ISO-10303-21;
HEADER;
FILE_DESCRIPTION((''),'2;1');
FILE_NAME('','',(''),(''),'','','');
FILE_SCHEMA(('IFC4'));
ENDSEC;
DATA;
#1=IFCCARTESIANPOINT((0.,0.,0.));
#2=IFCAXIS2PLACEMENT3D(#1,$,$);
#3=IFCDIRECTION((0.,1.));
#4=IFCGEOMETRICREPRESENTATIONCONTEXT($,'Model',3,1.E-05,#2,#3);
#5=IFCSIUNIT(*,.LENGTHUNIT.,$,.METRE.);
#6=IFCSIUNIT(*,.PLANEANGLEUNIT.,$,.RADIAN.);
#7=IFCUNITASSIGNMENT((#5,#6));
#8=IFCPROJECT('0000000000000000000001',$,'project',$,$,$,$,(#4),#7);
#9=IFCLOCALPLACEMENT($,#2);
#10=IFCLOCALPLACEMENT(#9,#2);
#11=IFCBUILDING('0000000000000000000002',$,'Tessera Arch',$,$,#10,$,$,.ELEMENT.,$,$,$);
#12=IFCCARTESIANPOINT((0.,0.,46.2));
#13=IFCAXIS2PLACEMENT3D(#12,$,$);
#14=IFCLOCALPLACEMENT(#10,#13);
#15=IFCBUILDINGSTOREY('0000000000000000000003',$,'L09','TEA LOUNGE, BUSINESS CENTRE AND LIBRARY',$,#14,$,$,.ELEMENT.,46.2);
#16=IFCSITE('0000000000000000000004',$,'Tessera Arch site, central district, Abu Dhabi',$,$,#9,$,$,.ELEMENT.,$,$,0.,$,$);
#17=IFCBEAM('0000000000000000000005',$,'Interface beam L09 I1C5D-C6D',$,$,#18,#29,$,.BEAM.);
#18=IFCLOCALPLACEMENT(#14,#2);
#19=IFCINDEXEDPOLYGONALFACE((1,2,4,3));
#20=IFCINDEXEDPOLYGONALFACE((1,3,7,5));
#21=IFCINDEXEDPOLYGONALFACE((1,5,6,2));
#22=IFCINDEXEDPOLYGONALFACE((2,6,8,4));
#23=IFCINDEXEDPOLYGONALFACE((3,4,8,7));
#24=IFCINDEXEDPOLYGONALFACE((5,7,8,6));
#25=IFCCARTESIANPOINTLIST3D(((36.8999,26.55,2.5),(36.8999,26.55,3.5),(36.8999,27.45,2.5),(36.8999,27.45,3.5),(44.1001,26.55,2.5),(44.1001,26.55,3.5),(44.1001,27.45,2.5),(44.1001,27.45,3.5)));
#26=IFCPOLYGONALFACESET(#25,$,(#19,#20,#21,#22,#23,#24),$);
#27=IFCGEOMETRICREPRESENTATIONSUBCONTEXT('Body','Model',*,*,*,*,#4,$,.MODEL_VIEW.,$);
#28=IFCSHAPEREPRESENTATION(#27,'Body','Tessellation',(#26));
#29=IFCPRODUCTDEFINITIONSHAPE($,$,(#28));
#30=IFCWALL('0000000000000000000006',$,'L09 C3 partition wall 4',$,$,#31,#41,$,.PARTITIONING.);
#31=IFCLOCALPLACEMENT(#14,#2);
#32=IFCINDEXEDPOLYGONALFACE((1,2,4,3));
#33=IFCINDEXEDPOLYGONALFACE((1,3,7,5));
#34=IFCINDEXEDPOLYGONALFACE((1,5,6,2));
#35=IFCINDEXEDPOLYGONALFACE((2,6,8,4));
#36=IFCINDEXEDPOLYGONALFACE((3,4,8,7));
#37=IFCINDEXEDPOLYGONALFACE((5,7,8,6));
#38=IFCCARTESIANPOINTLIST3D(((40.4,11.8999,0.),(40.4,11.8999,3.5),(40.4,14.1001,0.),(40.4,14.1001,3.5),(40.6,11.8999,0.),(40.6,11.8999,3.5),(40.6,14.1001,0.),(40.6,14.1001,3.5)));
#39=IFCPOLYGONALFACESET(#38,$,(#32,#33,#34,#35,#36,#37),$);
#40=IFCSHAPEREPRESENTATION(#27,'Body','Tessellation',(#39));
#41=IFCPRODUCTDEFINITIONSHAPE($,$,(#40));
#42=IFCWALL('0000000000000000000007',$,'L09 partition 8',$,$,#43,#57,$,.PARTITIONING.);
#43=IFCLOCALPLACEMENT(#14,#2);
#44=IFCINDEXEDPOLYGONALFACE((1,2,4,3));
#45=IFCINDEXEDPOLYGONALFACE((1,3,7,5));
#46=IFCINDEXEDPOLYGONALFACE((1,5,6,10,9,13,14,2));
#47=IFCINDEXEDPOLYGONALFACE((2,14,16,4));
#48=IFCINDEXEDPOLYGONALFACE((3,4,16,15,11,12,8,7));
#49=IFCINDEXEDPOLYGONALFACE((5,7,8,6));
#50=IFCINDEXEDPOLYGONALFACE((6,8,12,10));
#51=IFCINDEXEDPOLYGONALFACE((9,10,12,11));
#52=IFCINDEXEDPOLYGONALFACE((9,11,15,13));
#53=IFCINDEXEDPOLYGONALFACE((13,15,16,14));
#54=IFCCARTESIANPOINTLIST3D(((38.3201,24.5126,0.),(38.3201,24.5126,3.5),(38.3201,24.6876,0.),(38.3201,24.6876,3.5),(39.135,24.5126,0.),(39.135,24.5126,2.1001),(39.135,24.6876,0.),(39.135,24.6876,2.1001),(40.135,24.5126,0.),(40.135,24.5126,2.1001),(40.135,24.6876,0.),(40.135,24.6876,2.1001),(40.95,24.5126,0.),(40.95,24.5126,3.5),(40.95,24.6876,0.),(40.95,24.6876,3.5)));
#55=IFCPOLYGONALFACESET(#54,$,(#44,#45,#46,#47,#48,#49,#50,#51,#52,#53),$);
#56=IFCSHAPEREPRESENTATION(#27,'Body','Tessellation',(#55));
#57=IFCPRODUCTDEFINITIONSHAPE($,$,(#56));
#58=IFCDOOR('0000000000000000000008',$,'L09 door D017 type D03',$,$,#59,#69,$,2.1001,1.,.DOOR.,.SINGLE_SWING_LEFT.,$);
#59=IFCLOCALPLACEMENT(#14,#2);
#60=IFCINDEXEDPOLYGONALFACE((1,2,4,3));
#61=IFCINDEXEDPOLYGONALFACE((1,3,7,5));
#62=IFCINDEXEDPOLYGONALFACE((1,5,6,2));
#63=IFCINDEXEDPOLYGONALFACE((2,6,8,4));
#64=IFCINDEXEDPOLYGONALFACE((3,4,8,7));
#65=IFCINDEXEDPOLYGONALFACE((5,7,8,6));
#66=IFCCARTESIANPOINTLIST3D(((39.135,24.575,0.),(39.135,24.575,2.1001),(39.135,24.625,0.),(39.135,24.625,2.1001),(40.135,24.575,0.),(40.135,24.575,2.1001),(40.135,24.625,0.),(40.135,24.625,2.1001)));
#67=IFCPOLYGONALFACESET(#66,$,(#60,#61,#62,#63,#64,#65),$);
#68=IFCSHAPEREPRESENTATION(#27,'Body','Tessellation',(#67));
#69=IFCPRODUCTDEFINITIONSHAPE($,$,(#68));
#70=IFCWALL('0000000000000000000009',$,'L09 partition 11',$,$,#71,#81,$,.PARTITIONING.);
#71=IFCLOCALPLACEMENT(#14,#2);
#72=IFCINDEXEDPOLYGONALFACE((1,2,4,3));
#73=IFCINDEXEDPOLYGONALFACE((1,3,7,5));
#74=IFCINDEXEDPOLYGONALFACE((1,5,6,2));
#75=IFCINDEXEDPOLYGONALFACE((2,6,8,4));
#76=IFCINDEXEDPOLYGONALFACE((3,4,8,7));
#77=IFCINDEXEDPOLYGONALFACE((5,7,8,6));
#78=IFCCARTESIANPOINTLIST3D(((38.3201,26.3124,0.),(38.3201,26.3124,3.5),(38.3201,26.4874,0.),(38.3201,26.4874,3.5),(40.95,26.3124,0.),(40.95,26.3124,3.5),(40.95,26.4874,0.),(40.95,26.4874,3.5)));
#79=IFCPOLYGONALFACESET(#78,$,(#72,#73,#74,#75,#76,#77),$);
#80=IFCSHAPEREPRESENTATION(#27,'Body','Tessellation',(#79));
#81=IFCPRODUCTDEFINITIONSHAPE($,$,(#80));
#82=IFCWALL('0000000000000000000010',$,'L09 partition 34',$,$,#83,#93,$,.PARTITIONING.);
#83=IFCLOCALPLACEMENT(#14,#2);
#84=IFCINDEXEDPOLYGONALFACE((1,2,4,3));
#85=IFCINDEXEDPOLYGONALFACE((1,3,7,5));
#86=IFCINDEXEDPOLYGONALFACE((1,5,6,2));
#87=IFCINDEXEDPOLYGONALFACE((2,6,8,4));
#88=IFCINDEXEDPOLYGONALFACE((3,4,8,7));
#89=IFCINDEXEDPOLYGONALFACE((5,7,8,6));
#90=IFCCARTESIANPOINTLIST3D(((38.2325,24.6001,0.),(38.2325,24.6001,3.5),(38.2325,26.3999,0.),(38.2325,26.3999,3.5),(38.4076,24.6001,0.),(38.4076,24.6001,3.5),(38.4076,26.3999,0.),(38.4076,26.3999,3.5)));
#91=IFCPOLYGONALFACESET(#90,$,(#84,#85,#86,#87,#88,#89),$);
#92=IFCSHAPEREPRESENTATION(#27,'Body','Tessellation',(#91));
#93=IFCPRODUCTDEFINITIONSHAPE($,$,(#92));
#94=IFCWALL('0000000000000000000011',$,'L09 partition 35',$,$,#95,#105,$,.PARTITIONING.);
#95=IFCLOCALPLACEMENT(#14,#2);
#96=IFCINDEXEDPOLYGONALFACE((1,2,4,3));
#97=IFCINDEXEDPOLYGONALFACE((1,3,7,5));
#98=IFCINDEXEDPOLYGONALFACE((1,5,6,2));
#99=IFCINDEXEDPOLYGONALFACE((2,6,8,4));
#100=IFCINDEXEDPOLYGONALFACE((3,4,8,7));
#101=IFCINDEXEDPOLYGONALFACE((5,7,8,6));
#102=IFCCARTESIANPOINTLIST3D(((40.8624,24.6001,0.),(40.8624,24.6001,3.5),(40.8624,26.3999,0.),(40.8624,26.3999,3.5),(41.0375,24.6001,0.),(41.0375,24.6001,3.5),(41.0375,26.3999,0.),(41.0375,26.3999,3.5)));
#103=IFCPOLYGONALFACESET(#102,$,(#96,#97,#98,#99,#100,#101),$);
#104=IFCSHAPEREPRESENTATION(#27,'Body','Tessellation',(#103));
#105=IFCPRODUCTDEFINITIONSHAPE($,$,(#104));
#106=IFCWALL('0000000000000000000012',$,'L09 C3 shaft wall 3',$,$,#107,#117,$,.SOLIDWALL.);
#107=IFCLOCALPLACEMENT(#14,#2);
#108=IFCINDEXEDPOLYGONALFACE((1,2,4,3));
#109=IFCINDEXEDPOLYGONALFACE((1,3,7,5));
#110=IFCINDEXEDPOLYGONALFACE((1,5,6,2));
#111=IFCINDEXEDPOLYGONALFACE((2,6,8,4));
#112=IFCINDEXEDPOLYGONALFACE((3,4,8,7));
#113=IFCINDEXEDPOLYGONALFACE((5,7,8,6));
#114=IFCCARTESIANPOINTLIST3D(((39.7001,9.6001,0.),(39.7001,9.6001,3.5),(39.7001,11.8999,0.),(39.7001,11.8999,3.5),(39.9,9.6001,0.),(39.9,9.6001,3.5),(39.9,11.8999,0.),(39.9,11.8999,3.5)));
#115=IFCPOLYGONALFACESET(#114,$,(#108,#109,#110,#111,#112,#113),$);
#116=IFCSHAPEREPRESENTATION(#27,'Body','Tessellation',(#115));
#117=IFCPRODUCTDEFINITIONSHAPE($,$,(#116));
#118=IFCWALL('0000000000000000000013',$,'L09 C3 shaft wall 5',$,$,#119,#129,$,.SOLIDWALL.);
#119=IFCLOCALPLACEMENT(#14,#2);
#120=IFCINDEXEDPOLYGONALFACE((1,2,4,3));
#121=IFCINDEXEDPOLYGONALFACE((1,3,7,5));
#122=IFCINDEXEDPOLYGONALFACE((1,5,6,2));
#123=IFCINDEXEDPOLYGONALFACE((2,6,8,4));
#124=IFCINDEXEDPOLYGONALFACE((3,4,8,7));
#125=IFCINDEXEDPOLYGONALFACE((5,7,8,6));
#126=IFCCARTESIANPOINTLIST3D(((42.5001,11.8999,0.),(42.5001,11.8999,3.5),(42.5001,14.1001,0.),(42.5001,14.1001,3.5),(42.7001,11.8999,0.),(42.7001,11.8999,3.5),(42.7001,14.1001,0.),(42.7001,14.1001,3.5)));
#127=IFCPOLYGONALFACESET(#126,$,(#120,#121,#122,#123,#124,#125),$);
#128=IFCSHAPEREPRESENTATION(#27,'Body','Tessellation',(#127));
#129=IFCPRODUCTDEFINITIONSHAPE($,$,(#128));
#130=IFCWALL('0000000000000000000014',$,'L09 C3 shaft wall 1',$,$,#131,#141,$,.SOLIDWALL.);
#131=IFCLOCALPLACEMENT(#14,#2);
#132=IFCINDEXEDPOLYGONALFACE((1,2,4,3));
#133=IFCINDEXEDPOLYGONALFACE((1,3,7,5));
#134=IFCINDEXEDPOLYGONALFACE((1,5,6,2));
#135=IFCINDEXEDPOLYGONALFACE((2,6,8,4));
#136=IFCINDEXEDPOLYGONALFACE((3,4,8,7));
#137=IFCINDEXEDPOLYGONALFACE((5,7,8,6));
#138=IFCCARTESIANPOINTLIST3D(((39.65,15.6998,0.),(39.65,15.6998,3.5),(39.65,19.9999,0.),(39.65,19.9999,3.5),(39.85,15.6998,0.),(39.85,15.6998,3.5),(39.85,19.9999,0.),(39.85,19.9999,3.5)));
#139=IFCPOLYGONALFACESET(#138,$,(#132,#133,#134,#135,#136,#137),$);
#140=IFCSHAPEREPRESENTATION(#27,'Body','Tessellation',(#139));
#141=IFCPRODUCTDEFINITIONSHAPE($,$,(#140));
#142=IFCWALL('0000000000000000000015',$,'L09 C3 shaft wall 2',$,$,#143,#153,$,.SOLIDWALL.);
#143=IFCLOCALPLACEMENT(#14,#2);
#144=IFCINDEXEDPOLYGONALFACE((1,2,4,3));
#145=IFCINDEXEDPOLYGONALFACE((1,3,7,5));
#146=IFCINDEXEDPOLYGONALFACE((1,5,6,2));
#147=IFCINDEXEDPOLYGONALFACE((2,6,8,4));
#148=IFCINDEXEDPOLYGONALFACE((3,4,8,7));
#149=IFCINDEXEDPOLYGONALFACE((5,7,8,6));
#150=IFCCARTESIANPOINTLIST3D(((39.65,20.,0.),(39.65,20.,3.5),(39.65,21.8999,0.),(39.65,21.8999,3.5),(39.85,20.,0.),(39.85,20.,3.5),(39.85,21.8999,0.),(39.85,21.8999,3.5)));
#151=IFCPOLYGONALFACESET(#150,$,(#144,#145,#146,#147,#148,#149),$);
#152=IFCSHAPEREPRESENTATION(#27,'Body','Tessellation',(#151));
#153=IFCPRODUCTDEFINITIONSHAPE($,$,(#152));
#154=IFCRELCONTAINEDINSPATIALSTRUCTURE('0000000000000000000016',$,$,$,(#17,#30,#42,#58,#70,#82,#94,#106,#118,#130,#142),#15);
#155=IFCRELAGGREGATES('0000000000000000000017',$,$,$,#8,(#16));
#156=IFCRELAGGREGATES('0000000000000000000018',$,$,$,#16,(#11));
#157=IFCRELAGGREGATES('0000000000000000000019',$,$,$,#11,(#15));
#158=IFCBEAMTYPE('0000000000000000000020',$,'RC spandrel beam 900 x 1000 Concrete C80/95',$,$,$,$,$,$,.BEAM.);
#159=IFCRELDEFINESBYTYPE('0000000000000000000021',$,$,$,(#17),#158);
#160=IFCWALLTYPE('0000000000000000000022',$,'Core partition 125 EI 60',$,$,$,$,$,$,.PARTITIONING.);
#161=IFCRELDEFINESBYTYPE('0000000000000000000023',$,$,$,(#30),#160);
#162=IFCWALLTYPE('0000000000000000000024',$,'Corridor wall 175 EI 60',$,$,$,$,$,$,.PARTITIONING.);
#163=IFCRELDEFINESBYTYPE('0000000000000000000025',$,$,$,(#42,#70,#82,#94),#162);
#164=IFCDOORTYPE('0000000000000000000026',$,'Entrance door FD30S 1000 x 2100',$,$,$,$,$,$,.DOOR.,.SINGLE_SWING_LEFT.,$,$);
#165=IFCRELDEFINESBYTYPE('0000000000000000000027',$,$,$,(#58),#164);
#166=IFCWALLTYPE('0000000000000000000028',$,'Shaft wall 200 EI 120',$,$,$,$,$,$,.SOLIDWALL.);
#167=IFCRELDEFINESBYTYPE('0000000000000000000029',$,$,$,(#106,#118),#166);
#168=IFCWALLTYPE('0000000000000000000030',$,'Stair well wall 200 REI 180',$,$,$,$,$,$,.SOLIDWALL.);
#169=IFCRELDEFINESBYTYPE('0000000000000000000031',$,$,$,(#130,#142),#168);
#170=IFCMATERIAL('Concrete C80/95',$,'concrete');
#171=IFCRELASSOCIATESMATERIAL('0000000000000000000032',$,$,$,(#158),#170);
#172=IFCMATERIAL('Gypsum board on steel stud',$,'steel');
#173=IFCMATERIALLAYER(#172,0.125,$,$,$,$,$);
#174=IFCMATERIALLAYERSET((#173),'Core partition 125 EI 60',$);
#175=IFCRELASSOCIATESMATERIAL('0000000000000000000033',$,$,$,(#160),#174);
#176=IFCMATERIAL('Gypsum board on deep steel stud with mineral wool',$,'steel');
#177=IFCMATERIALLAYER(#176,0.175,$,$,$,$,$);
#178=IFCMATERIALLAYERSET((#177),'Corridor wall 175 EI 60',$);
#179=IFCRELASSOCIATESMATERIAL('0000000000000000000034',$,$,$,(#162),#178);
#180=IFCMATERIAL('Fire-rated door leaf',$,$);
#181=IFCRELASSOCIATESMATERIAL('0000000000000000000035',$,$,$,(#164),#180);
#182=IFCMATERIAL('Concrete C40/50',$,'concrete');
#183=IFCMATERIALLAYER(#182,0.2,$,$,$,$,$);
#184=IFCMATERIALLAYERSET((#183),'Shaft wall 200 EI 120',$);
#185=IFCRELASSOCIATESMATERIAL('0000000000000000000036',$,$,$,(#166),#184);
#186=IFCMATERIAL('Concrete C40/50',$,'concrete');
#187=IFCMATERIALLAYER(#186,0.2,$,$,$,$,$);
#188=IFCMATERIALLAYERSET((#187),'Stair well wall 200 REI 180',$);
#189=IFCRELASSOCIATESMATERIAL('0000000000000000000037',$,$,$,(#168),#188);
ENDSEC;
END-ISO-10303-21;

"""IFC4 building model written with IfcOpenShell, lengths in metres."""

from ifc_helpers import new_model, si_unit, direction, frame, frame_2d, origin, origin_2d, place, context, subcontext, project, spatial, rectangle, extrude, material, layer, layer_set, material_profile, profile_set, type_object, element, fill, save


model = new_model("IFC4")

# Units and contexts
model_context = context("Model", 3, precision=1e-05, world=origin(), true_north=direction((0.0, 1.0)))
body_context = subcontext(model_context, "Body", "Model", "MODEL_VIEW")
ifc_project = project(units=[si_unit("LENGTHUNIT", "METRE"), si_unit("PLANEANGLEUNIT", "RADIAN")], contexts=[model_context])

# Site, building, storey
site_placement = place(None, origin())
site = spatial("IfcSite", under=ifc_project, at=site_placement, Name="Tessera Arch site, central district, Abu Dhabi", CompositionType="ELEMENT", RefElevation=0.0)
building_placement = place(site_placement, origin())
building = spatial("IfcBuilding", under=site, at=building_placement, Name="Tessera Arch", CompositionType="ELEMENT")
storey_placement = place(building_placement, frame((0.0, 0.0, 46.2)))
storey = spatial("IfcBuildingStorey", under=building, at=storey_placement, Name="L09", Description="TEA LOUNGE, BUSINESS CENTRE AND LIBRARY", CompositionType="ELEMENT", Elevation=46.2)

# Beam
ifc_material_1 = material(Name="Concrete C80/95", Category="concrete")
ifc_material_profile = material_profile(ifc_material_1, rectangle(XDim=0.8999, YDim=1.0, at=origin_2d()), Name="RC spandrel beam 900 x 1000 Concrete C80/95")
ifc_profile_set = profile_set([ifc_material_profile], Name="Concrete C80/95")
beam_type = type_object("IfcBeamType", Name="RC spandrel beam 900 x 1000 Concrete C80/95", PredefinedType="BEAM", material=ifc_profile_set)
beam_placement = place(storey_placement, frame((36.8999, 27.0, 3.0), z_axis=(1.0, 0.0, 0.0), x_axis=(0.0, 1.0, 0.0)))
element("IfcBeam", 1, at=beam_placement, inside=storey, type_object=beam_type, Name="Interface beam L09 I1C5D-C6D", PredefinedType="BEAM", context=body_context, shape_type="SweptSolid", body=[
    extrude(rectangle(XDim=0.8999, YDim=1.0, at=origin_2d()), origin(), (0.0, 0.0, 1.0), 7.2002),
])

# Wall
ifc_material_2 = material(Name="Gypsum board on steel stud", Category="steel")
ifc_layer_1 = layer(ifc_material_2, 0.125)
ifc_layer_set_1 = layer_set([ifc_layer_1], Name="Core partition 125 EI 60")
wall_type_1 = type_object("IfcWallType", Name="Core partition 125 EI 60", PredefinedType="PARTITIONING", material=ifc_layer_set_1)
wall_1_placement = place(storey_placement, frame((40.5, 11.8999, 0.0), z_axis=(0.0, 0.0, 1.0), x_axis=(0.0, 1.0, 0.0)))
element("IfcWall", 2, at=wall_1_placement, inside=storey, type_object=wall_type_1, Name="L09 C3 partition wall 4", PredefinedType="PARTITIONING", context=body_context, shape_type="SweptSolid", body=[
    extrude(rectangle(XDim=2.2002, YDim=0.2, at=frame_2d((1.1001, 0.0))), origin(), (0.0, 0.0, 1.0), 3.5),
])

# Wall, opening, door
ifc_material_3 = material(Name="Gypsum board on deep steel stud with mineral wool", Category="steel")
ifc_layer_2 = layer(ifc_material_3, 0.175)
ifc_layer_set_2 = layer_set([ifc_layer_2], Name="Corridor wall 175 EI 60")
wall_type_2 = type_object("IfcWallType", Name="Corridor wall 175 EI 60", PredefinedType="PARTITIONING", material=ifc_layer_set_2)
wall_2_placement = place(storey_placement, frame((38.3201, 24.6001, 0.0), z_axis=(0.0, 0.0, 1.0), x_axis=(1.0, 0.0, 0.0)))
wall_2 = element("IfcWall", 3, at=wall_2_placement, inside=storey, type_object=wall_type_2, Name="L09 partition 8", PredefinedType="PARTITIONING", context=body_context, shape_type="SweptSolid", body=[
    extrude(rectangle(XDim=2.6299, YDim=0.175, at=frame_2d((1.3149, 0.0))), origin(), (0.0, 0.0, 1.0), 3.5),
])
opening_1_placement = place(wall_2_placement, frame((0.8149, 0.0, 0.0)))
opening_1 = element("IfcOpeningElement", 4, at=opening_1_placement, cuts=wall_2, PredefinedType="OPENING", context=body_context, shape_type="SweptSolid", body=[
    extrude(rectangle(XDim=1.0, YDim=2.1001, at=frame_2d((0.5, 1.05))), frame((0.0, 0.0974, 0.0), z_axis=(0.0, -1.0, 0.0), x_axis=(1.0, 0.0, 0.0)), (0.0, 0.0, 1.0), 0.1951),
])
ifc_material_4 = material(Name="Fire-rated door leaf")
door_type_1 = type_object("IfcDoorType", Name="Entrance door FD30S 1000 x 2100", OperationType="SINGLE_SWING_LEFT", PredefinedType="DOOR", material=ifc_material_4)
door_1_placement = place(opening_1_placement, origin())
door_1 = element("IfcDoor", 5, at=door_1_placement, inside=storey, type_object=door_type_1, Name="L09 door D017 type D03", OperationType="SINGLE_SWING_LEFT", OverallHeight=2.1001, OverallWidth=1.0, PredefinedType="DOOR", context=body_context, shape_type="SweptSolid", body=[
    extrude(rectangle(XDim=1.0, YDim=2.1001, at=frame_2d((0.5, 1.05))), frame((0.0, 0.0249, 0.0), z_axis=(0.0, -1.0, 0.0), x_axis=(1.0, 0.0, 0.0)), (0.0, 0.0, 1.0), 0.05),
])
fill(opening_1, door_1)

# Walls
wall_3_placement = place(storey_placement, frame((38.3201, 26.3999, 0.0), z_axis=(0.0, 0.0, 1.0), x_axis=(1.0, 0.0, 0.0)))
element("IfcWall", 6, at=wall_3_placement, inside=storey, type_object=wall_type_2, Name="L09 partition 11", PredefinedType="PARTITIONING", context=body_context, shape_type="SweptSolid", body=[
    extrude(rectangle(XDim=2.6299, YDim=0.175, at=frame_2d((1.3149, 0.0))), origin(), (0.0, 0.0, 1.0), 3.5),
])
for number, where, z_axis, x_axis, name in (
    (7, (38.3201, 24.6001, 0.0), (0.0, 0.0, 1.0), (0.0, 1.0, 0.0), "L09 partition 34"),
    (8, (40.95, 24.6001, 0.0), (0.0, 0.0, 1.0), (0.0, 1.0, 0.0), "L09 partition 35"),
):
    element("IfcWall", number, at=place(storey_placement, frame(where, z_axis=z_axis, x_axis=x_axis)), inside=storey, type_object=wall_type_2, Name=name, PredefinedType="PARTITIONING", context=body_context, shape_type="SweptSolid", body=[
        extrude(rectangle(XDim=1.7998, YDim=0.175, at=frame_2d((0.8999, 0.0))), origin(), (0.0, 0.0, 1.0), 3.5),
    ])
ifc_material_5 = material(Name="Concrete C40/50", Category="concrete")
ifc_layer_3 = layer(ifc_material_5, 0.2)
ifc_layer_set_3 = layer_set([ifc_layer_3], Name="Shaft wall 200 EI 120")
wall_type_3 = type_object("IfcWallType", Name="Shaft wall 200 EI 120", PredefinedType="SOLIDWALL", material=ifc_layer_set_3)
wall_4_placement = place(storey_placement, frame((39.8, 9.6001, 0.0), z_axis=(0.0, 0.0, 1.0), x_axis=(0.0, 1.0, 0.0)))
element("IfcWall", 9, at=wall_4_placement, inside=storey, type_object=wall_type_3, Name="L09 C3 shaft wall 3", PredefinedType="SOLIDWALL", context=body_context, shape_type="SweptSolid", body=[
    extrude(rectangle(XDim=2.2998, YDim=0.2, at=frame_2d((1.1499, 0.0))), origin(), (0.0, 0.0, 1.0), 3.5),
])
wall_5_placement = place(storey_placement, frame((42.6001, 11.8999, 0.0), z_axis=(0.0, 0.0, 1.0), x_axis=(0.0, 1.0, 0.0)))
element("IfcWall", 10, at=wall_5_placement, inside=storey, type_object=wall_type_3, Name="L09 C3 shaft wall 5", PredefinedType="SOLIDWALL", context=body_context, shape_type="SweptSolid", body=[
    extrude(rectangle(XDim=2.2002, YDim=0.2, at=frame_2d((1.1001, 0.0))), origin(), (0.0, 0.0, 1.0), 3.5),
])
ifc_material_6 = material(Name="Concrete C40/50", Category="concrete")
ifc_layer_4 = layer(ifc_material_6, 0.2)
ifc_layer_set_4 = layer_set([ifc_layer_4], Name="Stair well wall 200 REI 180")
wall_type_4 = type_object("IfcWallType", Name="Stair well wall 200 REI 180", PredefinedType="SOLIDWALL", material=ifc_layer_set_4)
wall_6_placement = place(storey_placement, frame((39.75, 15.7, 0.0), z_axis=(0.0, 0.0, 1.0), x_axis=(0.0, 1.0, 0.0)))
element("IfcWall", 11, at=wall_6_placement, inside=storey, type_object=wall_type_4, Name="L09 C3 shaft wall 1", PredefinedType="SOLIDWALL", context=body_context, shape_type="SweptSolid", body=[
    extrude(rectangle(XDim=4.3, YDim=0.2, at=frame_2d((2.1499, 0.0))), origin(), (0.0, 0.0, 1.0), 3.5),
])
wall_7_placement = place(storey_placement, frame((39.75, 20.0, 0.0), z_axis=(0.0, 0.0, 1.0), x_axis=(0.0, 1.0, 0.0)))
element("IfcWall", 12, at=wall_7_placement, inside=storey, type_object=wall_type_4, Name="L09 C3 shaft wall 2", PredefinedType="SOLIDWALL", context=body_context, shape_type="SweptSolid", body=[
    extrude(rectangle(XDim=1.8999, YDim=0.2, at=frame_2d((0.95, 0.0))), origin(), (0.0, 0.0, 1.0), 3.5),
])

save(model, "model.ifc")
